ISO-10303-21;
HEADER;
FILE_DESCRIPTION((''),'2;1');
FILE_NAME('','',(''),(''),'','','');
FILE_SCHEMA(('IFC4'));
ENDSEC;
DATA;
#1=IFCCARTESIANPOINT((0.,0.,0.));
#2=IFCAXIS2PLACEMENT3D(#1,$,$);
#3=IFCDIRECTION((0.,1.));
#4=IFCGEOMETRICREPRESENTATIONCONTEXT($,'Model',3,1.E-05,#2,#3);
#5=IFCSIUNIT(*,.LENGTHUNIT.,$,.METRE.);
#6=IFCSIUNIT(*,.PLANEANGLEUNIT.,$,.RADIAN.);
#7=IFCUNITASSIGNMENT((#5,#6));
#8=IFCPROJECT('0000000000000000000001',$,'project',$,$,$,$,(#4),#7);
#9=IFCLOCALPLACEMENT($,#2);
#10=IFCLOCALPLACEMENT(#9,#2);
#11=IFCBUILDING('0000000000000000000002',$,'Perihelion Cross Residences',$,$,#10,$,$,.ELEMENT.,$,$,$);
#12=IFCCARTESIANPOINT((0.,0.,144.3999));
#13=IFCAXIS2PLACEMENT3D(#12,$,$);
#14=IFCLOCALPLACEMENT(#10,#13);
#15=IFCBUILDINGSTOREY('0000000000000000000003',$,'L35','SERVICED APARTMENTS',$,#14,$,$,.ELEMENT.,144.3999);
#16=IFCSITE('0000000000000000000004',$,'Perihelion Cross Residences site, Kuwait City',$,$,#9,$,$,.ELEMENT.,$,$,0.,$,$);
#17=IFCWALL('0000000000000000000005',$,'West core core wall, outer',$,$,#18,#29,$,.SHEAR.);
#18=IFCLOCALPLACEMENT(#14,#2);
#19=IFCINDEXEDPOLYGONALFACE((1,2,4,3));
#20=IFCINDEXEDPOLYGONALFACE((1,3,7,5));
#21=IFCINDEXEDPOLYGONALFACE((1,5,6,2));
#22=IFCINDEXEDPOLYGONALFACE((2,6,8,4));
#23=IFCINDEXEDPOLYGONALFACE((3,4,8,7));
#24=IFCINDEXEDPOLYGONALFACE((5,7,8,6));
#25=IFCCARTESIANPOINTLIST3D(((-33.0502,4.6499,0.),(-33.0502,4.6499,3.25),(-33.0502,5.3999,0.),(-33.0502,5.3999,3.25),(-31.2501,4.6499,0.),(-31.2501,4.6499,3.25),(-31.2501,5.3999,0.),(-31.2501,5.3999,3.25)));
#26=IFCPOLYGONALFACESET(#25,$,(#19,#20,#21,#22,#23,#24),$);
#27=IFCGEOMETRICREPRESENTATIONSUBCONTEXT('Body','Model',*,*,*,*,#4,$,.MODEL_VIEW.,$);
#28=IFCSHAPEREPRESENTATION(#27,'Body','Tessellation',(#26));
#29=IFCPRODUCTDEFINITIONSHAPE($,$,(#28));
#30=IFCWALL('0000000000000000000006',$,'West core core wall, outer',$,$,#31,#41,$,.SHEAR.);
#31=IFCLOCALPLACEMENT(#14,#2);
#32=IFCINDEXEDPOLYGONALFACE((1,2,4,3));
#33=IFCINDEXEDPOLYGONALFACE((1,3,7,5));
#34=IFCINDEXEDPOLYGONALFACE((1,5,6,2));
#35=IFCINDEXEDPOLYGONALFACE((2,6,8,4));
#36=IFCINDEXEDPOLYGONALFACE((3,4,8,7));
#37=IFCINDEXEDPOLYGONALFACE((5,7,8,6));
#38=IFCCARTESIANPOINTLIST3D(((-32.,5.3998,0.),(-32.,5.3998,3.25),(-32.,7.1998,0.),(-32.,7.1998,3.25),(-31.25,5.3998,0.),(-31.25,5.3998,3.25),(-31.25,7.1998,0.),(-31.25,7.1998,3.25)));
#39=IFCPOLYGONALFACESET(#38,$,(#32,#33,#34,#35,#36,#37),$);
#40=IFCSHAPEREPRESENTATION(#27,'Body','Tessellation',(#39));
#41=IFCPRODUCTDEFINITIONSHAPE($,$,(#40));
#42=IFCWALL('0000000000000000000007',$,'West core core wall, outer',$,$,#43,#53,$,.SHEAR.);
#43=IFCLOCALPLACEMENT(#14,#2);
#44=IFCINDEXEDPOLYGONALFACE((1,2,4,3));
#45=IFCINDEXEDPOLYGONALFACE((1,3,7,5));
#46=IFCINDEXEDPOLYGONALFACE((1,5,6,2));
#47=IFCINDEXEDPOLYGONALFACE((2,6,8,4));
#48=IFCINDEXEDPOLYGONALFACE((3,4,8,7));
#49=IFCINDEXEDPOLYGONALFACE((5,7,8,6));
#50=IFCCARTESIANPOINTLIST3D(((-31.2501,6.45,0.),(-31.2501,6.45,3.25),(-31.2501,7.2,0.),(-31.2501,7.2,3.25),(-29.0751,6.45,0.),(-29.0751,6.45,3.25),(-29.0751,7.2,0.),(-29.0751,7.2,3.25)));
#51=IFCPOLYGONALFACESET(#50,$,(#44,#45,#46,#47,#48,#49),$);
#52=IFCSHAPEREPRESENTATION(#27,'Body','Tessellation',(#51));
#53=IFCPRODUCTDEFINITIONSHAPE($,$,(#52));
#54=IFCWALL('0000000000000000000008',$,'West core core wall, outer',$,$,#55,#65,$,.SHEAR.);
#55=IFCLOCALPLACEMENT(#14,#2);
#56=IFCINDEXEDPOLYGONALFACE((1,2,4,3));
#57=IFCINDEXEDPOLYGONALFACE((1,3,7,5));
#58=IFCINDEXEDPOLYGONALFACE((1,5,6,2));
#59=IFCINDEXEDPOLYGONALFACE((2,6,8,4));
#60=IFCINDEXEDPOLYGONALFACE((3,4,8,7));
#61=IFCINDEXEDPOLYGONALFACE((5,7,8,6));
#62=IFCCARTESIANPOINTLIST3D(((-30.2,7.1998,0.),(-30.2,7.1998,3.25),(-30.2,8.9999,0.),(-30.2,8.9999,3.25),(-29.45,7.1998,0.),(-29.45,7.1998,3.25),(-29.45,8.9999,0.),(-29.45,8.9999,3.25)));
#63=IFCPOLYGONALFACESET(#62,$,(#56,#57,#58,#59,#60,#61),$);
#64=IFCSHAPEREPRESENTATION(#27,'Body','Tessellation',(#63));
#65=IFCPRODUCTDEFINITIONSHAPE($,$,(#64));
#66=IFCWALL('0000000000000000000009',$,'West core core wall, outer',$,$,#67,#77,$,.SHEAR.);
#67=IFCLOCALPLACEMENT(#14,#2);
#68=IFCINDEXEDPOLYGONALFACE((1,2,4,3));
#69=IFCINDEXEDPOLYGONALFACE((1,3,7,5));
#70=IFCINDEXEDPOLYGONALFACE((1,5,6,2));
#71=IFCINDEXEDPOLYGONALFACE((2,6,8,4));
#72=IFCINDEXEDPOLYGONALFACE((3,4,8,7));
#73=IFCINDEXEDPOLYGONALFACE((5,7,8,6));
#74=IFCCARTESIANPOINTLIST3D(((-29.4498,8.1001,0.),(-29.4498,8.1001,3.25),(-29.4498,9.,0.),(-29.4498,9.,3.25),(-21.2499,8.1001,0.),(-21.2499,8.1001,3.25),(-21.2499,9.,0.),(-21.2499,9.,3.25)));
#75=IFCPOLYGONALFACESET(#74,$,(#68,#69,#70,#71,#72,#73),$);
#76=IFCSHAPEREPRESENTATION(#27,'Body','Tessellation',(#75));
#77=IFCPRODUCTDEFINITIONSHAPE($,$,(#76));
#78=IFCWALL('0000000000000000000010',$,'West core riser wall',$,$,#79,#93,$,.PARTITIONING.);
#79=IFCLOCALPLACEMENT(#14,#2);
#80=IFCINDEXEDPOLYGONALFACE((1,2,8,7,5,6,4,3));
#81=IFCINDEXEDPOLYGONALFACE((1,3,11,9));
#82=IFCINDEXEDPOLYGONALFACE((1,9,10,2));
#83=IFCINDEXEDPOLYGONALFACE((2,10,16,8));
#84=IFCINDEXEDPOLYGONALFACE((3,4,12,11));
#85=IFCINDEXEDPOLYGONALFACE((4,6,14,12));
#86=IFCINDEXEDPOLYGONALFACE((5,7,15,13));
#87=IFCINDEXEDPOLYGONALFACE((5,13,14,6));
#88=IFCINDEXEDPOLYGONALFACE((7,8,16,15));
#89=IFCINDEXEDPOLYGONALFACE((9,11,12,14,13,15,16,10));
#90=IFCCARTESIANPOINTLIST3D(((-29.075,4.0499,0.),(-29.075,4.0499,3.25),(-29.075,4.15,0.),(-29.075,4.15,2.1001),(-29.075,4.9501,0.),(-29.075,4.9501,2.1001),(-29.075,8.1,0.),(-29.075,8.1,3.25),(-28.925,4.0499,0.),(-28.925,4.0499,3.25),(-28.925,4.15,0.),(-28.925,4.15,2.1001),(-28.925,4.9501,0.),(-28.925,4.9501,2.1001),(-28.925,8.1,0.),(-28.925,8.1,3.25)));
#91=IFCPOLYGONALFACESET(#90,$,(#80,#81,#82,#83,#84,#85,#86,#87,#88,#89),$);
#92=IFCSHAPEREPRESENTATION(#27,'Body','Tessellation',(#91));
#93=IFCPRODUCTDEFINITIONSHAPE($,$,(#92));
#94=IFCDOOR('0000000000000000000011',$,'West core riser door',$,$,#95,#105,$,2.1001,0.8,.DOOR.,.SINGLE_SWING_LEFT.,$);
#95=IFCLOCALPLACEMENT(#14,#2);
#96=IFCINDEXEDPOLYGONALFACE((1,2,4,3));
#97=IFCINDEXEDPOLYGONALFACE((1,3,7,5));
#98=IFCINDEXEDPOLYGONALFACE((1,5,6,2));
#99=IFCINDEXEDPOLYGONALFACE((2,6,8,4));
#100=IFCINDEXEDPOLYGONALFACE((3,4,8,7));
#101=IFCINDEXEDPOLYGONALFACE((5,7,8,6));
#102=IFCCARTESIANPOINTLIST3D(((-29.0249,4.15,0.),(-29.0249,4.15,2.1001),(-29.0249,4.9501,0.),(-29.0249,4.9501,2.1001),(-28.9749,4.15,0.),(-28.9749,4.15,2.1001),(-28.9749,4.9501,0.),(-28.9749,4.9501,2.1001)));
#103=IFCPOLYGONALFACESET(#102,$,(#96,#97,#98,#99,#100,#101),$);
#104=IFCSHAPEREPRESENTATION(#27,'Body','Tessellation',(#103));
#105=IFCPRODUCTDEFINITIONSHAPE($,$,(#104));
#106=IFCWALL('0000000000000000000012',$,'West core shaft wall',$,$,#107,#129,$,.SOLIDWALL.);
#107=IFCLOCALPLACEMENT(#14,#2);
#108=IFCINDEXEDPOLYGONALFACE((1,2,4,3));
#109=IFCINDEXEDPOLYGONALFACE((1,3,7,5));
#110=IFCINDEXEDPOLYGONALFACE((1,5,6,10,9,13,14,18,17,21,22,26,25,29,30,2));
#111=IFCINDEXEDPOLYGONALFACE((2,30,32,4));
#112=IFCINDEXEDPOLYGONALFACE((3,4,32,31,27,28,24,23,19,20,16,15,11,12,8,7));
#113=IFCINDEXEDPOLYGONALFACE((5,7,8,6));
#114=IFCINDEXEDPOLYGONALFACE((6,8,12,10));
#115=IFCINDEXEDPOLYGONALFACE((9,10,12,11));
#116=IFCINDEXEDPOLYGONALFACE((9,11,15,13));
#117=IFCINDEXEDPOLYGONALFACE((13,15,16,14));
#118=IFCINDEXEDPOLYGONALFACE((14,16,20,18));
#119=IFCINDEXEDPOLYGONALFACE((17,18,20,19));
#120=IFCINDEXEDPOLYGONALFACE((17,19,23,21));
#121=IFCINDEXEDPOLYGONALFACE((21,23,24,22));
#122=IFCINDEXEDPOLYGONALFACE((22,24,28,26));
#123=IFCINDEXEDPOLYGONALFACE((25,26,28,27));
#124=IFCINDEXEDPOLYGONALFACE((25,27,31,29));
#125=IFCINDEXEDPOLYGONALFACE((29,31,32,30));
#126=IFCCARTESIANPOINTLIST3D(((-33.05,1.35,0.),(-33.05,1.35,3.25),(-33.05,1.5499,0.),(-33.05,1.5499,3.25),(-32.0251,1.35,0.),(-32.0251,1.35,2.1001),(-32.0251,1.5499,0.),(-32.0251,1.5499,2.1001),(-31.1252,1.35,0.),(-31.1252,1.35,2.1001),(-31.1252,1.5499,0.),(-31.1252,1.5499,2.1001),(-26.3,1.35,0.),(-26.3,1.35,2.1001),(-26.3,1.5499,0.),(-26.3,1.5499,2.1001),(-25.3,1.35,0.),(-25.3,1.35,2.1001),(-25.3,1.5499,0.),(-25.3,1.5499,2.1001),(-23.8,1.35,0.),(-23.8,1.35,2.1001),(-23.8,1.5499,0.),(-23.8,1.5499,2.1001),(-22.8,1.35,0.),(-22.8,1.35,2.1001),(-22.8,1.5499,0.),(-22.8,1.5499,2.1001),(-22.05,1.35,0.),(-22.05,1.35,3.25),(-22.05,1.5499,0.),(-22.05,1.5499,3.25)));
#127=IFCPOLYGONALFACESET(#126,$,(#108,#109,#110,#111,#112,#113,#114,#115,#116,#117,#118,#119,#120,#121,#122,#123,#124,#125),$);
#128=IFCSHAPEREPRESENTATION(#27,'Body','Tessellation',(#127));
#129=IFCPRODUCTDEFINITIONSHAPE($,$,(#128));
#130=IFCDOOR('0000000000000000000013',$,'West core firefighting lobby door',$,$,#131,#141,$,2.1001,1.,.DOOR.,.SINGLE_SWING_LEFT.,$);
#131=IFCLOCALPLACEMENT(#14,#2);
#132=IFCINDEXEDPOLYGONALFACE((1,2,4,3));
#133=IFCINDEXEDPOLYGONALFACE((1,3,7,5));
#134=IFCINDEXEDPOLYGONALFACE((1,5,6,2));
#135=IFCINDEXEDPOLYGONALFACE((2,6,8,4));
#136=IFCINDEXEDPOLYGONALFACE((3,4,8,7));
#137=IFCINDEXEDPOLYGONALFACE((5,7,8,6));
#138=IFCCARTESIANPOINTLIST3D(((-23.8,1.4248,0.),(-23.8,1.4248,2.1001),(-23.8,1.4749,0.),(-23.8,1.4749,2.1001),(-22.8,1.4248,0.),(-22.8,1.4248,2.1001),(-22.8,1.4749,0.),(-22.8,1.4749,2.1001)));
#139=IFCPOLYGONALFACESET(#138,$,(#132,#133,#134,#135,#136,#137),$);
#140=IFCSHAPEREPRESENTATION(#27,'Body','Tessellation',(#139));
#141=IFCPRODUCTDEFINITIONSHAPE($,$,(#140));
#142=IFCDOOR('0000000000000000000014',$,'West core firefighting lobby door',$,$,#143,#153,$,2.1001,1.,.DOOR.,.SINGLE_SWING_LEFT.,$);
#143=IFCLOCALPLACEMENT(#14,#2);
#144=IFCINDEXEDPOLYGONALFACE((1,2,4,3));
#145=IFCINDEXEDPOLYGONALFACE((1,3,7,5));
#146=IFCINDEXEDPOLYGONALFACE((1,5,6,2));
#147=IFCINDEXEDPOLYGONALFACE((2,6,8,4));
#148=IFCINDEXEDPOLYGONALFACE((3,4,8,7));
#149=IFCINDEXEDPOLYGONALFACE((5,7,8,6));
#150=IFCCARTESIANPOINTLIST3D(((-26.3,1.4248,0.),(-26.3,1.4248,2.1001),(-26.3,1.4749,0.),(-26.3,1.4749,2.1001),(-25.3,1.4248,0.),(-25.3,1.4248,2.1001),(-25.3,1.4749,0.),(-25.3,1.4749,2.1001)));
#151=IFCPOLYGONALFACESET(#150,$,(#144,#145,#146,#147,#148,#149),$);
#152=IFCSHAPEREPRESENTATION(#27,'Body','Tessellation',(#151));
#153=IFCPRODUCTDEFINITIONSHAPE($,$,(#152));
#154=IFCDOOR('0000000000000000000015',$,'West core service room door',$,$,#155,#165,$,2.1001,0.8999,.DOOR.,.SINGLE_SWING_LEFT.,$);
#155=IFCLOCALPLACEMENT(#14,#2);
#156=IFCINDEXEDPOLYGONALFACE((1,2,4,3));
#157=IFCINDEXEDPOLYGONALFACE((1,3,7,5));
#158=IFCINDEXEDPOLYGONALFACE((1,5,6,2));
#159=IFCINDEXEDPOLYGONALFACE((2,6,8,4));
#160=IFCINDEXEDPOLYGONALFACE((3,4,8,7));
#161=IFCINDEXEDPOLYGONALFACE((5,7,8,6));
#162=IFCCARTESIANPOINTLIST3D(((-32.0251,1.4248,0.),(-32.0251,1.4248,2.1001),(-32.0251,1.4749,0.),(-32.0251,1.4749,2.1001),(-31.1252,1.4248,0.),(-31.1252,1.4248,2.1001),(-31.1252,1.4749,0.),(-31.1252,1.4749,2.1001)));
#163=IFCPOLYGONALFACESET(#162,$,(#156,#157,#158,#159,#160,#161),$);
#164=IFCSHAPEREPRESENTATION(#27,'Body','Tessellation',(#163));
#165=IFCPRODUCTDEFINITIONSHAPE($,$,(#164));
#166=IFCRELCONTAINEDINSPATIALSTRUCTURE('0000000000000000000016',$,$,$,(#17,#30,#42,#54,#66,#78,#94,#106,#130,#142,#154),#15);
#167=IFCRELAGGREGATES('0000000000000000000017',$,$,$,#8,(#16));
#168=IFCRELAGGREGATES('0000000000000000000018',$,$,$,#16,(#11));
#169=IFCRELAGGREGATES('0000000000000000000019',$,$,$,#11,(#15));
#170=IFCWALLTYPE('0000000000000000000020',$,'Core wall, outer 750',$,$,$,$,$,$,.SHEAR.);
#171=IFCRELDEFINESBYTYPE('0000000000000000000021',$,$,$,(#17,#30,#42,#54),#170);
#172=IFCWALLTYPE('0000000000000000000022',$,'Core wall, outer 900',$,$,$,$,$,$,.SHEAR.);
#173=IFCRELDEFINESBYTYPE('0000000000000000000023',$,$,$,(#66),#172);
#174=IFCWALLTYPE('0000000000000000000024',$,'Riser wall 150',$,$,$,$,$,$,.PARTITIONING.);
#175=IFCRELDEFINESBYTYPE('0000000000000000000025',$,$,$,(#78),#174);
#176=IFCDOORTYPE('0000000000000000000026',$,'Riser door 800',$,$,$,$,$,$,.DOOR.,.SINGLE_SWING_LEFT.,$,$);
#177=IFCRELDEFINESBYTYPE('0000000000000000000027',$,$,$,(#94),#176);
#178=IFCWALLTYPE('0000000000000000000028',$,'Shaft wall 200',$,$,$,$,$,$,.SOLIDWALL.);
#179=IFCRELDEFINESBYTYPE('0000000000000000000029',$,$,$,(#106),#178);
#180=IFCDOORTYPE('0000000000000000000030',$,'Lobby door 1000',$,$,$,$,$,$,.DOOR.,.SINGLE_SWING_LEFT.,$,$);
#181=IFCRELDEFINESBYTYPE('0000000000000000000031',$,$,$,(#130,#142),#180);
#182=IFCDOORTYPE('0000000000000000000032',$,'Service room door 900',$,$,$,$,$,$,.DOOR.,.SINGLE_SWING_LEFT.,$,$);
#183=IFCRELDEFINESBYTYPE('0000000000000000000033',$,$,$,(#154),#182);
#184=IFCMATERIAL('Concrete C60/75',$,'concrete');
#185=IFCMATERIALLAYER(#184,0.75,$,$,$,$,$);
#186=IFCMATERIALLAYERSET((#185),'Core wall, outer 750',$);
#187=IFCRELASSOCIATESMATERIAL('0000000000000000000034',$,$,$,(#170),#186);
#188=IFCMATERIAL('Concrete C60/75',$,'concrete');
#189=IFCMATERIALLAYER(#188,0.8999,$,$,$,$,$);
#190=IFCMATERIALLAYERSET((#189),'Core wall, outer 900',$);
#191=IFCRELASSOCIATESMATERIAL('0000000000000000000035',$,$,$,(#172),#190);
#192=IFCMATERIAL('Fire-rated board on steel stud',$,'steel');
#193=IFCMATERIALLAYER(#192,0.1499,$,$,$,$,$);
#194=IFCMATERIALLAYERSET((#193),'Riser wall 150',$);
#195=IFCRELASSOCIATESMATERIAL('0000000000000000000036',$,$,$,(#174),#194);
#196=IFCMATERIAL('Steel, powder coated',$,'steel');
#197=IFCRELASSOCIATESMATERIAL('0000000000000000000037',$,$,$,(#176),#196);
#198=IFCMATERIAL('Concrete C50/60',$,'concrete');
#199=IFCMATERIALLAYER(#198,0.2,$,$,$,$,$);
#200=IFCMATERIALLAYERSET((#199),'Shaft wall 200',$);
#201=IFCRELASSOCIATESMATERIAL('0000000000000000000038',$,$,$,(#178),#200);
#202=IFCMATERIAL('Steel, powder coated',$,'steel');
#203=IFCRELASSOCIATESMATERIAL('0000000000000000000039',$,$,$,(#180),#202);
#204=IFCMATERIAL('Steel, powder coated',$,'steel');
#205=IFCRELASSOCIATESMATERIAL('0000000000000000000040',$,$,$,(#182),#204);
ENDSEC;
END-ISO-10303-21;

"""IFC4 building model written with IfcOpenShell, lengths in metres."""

from ifc_helpers import new_model, si_unit, direction, frame, frame_2d, origin, place, context, subcontext, project, spatial, rectangle, extrude, material, layer, layer_set, type_object, element, fill, save


model = new_model("IFC4")

# Units and contexts
model_context = context("Model", 3, precision=1e-05, world=origin(), true_north=direction((0.0, 1.0)))
body_context = subcontext(model_context, "Body", "Model", "MODEL_VIEW")
ifc_project = project(units=[si_unit("LENGTHUNIT", "METRE"), si_unit("PLANEANGLEUNIT", "RADIAN")], contexts=[model_context])

# Site, building, storey
site_placement = place(None, origin())
site = spatial("IfcSite", under=ifc_project, at=site_placement, Name="Perihelion Cross Residences site, Kuwait City", CompositionType="ELEMENT", RefElevation=0.0)
building_placement = place(site_placement, origin())
building = spatial("IfcBuilding", under=site, at=building_placement, Name="Perihelion Cross Residences", CompositionType="ELEMENT")
storey_placement = place(building_placement, frame((0.0, 0.0, 144.3999)))
storey = spatial("IfcBuildingStorey", under=building, at=storey_placement, Name="L35", Description="SERVICED APARTMENTS", CompositionType="ELEMENT", Elevation=144.3999)

# Walls
ifc_material_1 = material(Name="Concrete C60/75", Category="concrete")
ifc_layer_1 = layer(ifc_material_1, 0.75)
ifc_layer_set_1 = layer_set([ifc_layer_1], Name="Core wall, outer 750")
wall_type_1 = type_object("IfcWallType", Name="Core wall, outer 750", PredefinedType="SHEAR", material=ifc_layer_set_1)
for number, where, z_axis, x_axis, name in (
    (1, (-33.05, 5.0249, 0.0), (0.0, 0.0, 1.0), (1.0, 0.0, 0.0), "West core core wall, outer"),
    (2, (-31.625, 5.3999, 0.0), (0.0, 0.0, 1.0), (0.0, 1.0, 0.0), "West core core wall, outer"),
):
    element("IfcWall", number, at=place(storey_placement, frame(where, z_axis=z_axis, x_axis=x_axis)), inside=storey, type_object=wall_type_1, Name=name, PredefinedType="SHEAR", context=body_context, shape_type="SweptSolid", body=[
        extrude(rectangle(XDim=1.8, YDim=0.75, at=frame_2d((0.8999, 0.0))), origin(), (0.0, 0.0, 1.0), 3.25),
    ])
wall_1_placement = place(storey_placement, frame((-31.25, 6.825, 0.0), z_axis=(0.0, 0.0, 1.0), x_axis=(1.0, 0.0, 0.0)))
element("IfcWall", 3, at=wall_1_placement, inside=storey, type_object=wall_type_1, Name="West core core wall, outer", PredefinedType="SHEAR", context=body_context, shape_type="SweptSolid", body=[
    extrude(rectangle(XDim=2.175, YDim=0.75, at=frame_2d((1.0874, 0.0))), origin(), (0.0, 0.0, 1.0), 3.25),
])
wall_2_placement = place(storey_placement, frame((-29.825, 7.2, 0.0), z_axis=(0.0, 0.0, 1.0), x_axis=(0.0, 1.0, 0.0)))
element("IfcWall", 4, at=wall_2_placement, inside=storey, type_object=wall_type_1, Name="West core core wall, outer", PredefinedType="SHEAR", context=body_context, shape_type="SweptSolid", body=[
    extrude(rectangle(XDim=1.8, YDim=0.75, at=frame_2d((0.8999, 0.0))), origin(), (0.0, 0.0, 1.0), 3.25),
])
ifc_material_2 = material(Name="Concrete C60/75", Category="concrete")
ifc_layer_2 = layer(ifc_material_2, 0.8999)
ifc_layer_set_2 = layer_set([ifc_layer_2], Name="Core wall, outer 900")
wall_type_2 = type_object("IfcWallType", Name="Core wall, outer 900", PredefinedType="SHEAR", material=ifc_layer_set_2)
wall_3_placement = place(storey_placement, frame((-29.45, 8.55, 0.0), z_axis=(0.0, 0.0, 1.0), x_axis=(1.0, 0.0, 0.0)))
element("IfcWall", 5, at=wall_3_placement, inside=storey, type_object=wall_type_2, Name="West core core wall, outer", PredefinedType="SHEAR", context=body_context, shape_type="SweptSolid", body=[
    extrude(rectangle(XDim=8.2, YDim=0.8999, at=frame_2d((4.1001, 0.0))), origin(), (0.0, 0.0, 1.0), 3.25),
])

# Wall, opening, door
ifc_material_3 = material(Name="Fire-rated board on steel stud", Category="steel")
ifc_layer_3 = layer(ifc_material_3, 0.1499)
ifc_layer_set_3 = layer_set([ifc_layer_3], Name="Riser wall 150")
wall_type_3 = type_object("IfcWallType", Name="Riser wall 150", PredefinedType="PARTITIONING", material=ifc_layer_set_3)
wall_4_placement = place(storey_placement, frame((-29.0, 4.05, 0.0), z_axis=(0.0, 0.0, 1.0), x_axis=(0.0, 1.0, 0.0)))
wall_4 = element("IfcWall", 6, at=wall_4_placement, inside=storey, type_object=wall_type_3, Name="West core riser wall", PredefinedType="PARTITIONING", context=body_context, shape_type="SweptSolid", body=[
    extrude(rectangle(XDim=4.05, YDim=0.1499, at=frame_2d((2.0249, 0.0))), origin(), (0.0, 0.0, 1.0), 3.25),
])
opening_1_placement = place(wall_4_placement, frame((0.1001, 0.0, 0.0)))
opening_1 = element("IfcOpeningElement", 7, at=opening_1_placement, cuts=wall_4, PredefinedType="OPENING", context=body_context, shape_type="SweptSolid", body=[
    extrude(rectangle(XDim=0.8, YDim=2.1001, at=frame_2d((0.3999, 1.05))), frame((0.0, 0.085, 0.0), z_axis=(0.0, -1.0, 0.0), x_axis=(1.0, 0.0, 0.0)), (0.0, 0.0, 1.0), 0.1699),
])
ifc_material_4 = material(Name="Steel, powder coated", Category="steel")
door_type_1 = type_object("IfcDoorType", Name="Riser door 800", OperationType="SINGLE_SWING_LEFT", PredefinedType="DOOR", material=ifc_material_4)
door_1_placement = place(opening_1_placement, origin())
door_1 = element("IfcDoor", 8, at=door_1_placement, inside=storey, type_object=door_type_1, Name="West core riser door", OperationType="SINGLE_SWING_LEFT", OverallHeight=2.1001, OverallWidth=0.8, PredefinedType="DOOR", context=body_context, shape_type="SweptSolid", body=[
    extrude(rectangle(XDim=0.8, YDim=2.1001, at=frame_2d((0.3999, 1.05))), frame((0.0, 0.0249, 0.0), z_axis=(0.0, -1.0, 0.0), x_axis=(1.0, 0.0, 0.0)), (0.0, 0.0, 1.0), 0.05),
])
fill(opening_1, door_1)

# Wall, openings, doors
ifc_material_5 = material(Name="Concrete C50/60", Category="concrete")
ifc_layer_4 = layer(ifc_material_5, 0.2)
ifc_layer_set_4 = layer_set([ifc_layer_4], Name="Shaft wall 200")
wall_type_4 = type_object("IfcWallType", Name="Shaft wall 200", PredefinedType="SOLIDWALL", material=ifc_layer_set_4)
wall_5_placement = place(storey_placement, frame((-33.05, 1.45, 0.0), z_axis=(0.0, 0.0, 1.0), x_axis=(1.0, 0.0, 0.0)))
wall_5 = element("IfcWall", 9, at=wall_5_placement, inside=storey, type_object=wall_type_4, Name="West core shaft wall", PredefinedType="SOLIDWALL", context=body_context, shape_type="SweptSolid", body=[
    extrude(rectangle(XDim=11.0, YDim=0.2, at=frame_2d((5.5, 0.0))), origin(), (0.0, 0.0, 1.0), 3.25),
])
opening_2_placement = place(wall_5_placement, frame((9.25, 0.0, 0.0)))
opening_2 = element("IfcOpeningElement", 10, at=opening_2_placement, cuts=wall_5, PredefinedType="OPENING", context=body_context, shape_type="SweptSolid", body=[
    extrude(rectangle(XDim=1.0, YDim=2.1001, at=frame_2d((0.5, 1.05))), frame((0.0, 0.1099, 0.0), z_axis=(0.0, -1.0, 0.0), x_axis=(1.0, 0.0, 0.0)), (0.0, 0.0, 1.0), 0.22),
])
opening_3_placement = place(wall_5_placement, frame((6.75, 0.0, 0.0)))
opening_3 = element("IfcOpeningElement", 11, at=opening_3_placement, cuts=wall_5, PredefinedType="OPENING", context=body_context, shape_type="SweptSolid", body=[
    extrude(rectangle(XDim=1.0, YDim=2.1001, at=frame_2d((0.5, 1.05))), frame((0.0, 0.1099, 0.0), z_axis=(0.0, -1.0, 0.0), x_axis=(1.0, 0.0, 0.0)), (0.0, 0.0, 1.0), 0.22),
])
opening_4_placement = place(wall_5_placement, frame((1.0249, 0.0, 0.0)))
opening_4 = element("IfcOpeningElement", 12, at=opening_4_placement, cuts=wall_5, PredefinedType="OPENING", context=body_context, shape_type="SweptSolid", body=[
    extrude(rectangle(XDim=0.8999, YDim=2.1001, at=frame_2d((0.45, 1.05))), frame((0.0, 0.1099, 0.0), z_axis=(0.0, -1.0, 0.0), x_axis=(1.0, 0.0, 0.0)), (0.0, 0.0, 1.0), 0.22),
])
ifc_material_6 = material(Name="Steel, powder coated", Category="steel")
door_type_2 = type_object("IfcDoorType", Name="Lobby door 1000", OperationType="SINGLE_SWING_LEFT", PredefinedType="DOOR", material=ifc_material_6)
door_2_placement = place(opening_2_placement, origin())
door_2 = element("IfcDoor", 13, at=door_2_placement, inside=storey, type_object=door_type_2, Name="West core firefighting lobby door", OperationType="SINGLE_SWING_LEFT", OverallHeight=2.1001, OverallWidth=1.0, PredefinedType="DOOR", context=body_context, shape_type="SweptSolid", body=[
    extrude(rectangle(XDim=1.0, YDim=2.1001, at=frame_2d((0.5, 1.05))), frame((0.0, 0.0249, 0.0), z_axis=(0.0, -1.0, 0.0), x_axis=(1.0, 0.0, 0.0)), (0.0, 0.0, 1.0), 0.05),
])
fill(opening_2, door_2)
door_3_placement = place(opening_3_placement, origin())
door_3 = element("IfcDoor", 14, at=door_3_placement, inside=storey, type_object=door_type_2, Name="West core firefighting lobby door", OperationType="SINGLE_SWING_LEFT", OverallHeight=2.1001, OverallWidth=1.0, PredefinedType="DOOR", context=body_context, shape_type="SweptSolid", body=[
    extrude(rectangle(XDim=1.0, YDim=2.1001, at=frame_2d((0.5, 1.05))), frame((0.0, 0.0249, 0.0), z_axis=(0.0, -1.0, 0.0), x_axis=(1.0, 0.0, 0.0)), (0.0, 0.0, 1.0), 0.05),
])
fill(opening_3, door_3)
ifc_material_7 = material(Name="Steel, powder coated", Category="steel")
door_type_3 = type_object("IfcDoorType", Name="Service room door 900", OperationType="SINGLE_SWING_LEFT", PredefinedType="DOOR", material=ifc_material_7)
door_4_placement = place(opening_4_placement, origin())
door_4 = element("IfcDoor", 15, at=door_4_placement, inside=storey, type_object=door_type_3, Name="West core service room door", OperationType="SINGLE_SWING_LEFT", OverallHeight=2.1001, OverallWidth=0.8999, PredefinedType="DOOR", context=body_context, shape_type="SweptSolid", body=[
    extrude(rectangle(XDim=0.8999, YDim=2.1001, at=frame_2d((0.45, 1.05))), frame((0.0, 0.0249, 0.0), z_axis=(0.0, -1.0, 0.0), x_axis=(1.0, 0.0, 0.0)), (0.0, 0.0, 1.0), 0.05),
])
fill(opening_4, door_4)

save(model, "model.ifc")
